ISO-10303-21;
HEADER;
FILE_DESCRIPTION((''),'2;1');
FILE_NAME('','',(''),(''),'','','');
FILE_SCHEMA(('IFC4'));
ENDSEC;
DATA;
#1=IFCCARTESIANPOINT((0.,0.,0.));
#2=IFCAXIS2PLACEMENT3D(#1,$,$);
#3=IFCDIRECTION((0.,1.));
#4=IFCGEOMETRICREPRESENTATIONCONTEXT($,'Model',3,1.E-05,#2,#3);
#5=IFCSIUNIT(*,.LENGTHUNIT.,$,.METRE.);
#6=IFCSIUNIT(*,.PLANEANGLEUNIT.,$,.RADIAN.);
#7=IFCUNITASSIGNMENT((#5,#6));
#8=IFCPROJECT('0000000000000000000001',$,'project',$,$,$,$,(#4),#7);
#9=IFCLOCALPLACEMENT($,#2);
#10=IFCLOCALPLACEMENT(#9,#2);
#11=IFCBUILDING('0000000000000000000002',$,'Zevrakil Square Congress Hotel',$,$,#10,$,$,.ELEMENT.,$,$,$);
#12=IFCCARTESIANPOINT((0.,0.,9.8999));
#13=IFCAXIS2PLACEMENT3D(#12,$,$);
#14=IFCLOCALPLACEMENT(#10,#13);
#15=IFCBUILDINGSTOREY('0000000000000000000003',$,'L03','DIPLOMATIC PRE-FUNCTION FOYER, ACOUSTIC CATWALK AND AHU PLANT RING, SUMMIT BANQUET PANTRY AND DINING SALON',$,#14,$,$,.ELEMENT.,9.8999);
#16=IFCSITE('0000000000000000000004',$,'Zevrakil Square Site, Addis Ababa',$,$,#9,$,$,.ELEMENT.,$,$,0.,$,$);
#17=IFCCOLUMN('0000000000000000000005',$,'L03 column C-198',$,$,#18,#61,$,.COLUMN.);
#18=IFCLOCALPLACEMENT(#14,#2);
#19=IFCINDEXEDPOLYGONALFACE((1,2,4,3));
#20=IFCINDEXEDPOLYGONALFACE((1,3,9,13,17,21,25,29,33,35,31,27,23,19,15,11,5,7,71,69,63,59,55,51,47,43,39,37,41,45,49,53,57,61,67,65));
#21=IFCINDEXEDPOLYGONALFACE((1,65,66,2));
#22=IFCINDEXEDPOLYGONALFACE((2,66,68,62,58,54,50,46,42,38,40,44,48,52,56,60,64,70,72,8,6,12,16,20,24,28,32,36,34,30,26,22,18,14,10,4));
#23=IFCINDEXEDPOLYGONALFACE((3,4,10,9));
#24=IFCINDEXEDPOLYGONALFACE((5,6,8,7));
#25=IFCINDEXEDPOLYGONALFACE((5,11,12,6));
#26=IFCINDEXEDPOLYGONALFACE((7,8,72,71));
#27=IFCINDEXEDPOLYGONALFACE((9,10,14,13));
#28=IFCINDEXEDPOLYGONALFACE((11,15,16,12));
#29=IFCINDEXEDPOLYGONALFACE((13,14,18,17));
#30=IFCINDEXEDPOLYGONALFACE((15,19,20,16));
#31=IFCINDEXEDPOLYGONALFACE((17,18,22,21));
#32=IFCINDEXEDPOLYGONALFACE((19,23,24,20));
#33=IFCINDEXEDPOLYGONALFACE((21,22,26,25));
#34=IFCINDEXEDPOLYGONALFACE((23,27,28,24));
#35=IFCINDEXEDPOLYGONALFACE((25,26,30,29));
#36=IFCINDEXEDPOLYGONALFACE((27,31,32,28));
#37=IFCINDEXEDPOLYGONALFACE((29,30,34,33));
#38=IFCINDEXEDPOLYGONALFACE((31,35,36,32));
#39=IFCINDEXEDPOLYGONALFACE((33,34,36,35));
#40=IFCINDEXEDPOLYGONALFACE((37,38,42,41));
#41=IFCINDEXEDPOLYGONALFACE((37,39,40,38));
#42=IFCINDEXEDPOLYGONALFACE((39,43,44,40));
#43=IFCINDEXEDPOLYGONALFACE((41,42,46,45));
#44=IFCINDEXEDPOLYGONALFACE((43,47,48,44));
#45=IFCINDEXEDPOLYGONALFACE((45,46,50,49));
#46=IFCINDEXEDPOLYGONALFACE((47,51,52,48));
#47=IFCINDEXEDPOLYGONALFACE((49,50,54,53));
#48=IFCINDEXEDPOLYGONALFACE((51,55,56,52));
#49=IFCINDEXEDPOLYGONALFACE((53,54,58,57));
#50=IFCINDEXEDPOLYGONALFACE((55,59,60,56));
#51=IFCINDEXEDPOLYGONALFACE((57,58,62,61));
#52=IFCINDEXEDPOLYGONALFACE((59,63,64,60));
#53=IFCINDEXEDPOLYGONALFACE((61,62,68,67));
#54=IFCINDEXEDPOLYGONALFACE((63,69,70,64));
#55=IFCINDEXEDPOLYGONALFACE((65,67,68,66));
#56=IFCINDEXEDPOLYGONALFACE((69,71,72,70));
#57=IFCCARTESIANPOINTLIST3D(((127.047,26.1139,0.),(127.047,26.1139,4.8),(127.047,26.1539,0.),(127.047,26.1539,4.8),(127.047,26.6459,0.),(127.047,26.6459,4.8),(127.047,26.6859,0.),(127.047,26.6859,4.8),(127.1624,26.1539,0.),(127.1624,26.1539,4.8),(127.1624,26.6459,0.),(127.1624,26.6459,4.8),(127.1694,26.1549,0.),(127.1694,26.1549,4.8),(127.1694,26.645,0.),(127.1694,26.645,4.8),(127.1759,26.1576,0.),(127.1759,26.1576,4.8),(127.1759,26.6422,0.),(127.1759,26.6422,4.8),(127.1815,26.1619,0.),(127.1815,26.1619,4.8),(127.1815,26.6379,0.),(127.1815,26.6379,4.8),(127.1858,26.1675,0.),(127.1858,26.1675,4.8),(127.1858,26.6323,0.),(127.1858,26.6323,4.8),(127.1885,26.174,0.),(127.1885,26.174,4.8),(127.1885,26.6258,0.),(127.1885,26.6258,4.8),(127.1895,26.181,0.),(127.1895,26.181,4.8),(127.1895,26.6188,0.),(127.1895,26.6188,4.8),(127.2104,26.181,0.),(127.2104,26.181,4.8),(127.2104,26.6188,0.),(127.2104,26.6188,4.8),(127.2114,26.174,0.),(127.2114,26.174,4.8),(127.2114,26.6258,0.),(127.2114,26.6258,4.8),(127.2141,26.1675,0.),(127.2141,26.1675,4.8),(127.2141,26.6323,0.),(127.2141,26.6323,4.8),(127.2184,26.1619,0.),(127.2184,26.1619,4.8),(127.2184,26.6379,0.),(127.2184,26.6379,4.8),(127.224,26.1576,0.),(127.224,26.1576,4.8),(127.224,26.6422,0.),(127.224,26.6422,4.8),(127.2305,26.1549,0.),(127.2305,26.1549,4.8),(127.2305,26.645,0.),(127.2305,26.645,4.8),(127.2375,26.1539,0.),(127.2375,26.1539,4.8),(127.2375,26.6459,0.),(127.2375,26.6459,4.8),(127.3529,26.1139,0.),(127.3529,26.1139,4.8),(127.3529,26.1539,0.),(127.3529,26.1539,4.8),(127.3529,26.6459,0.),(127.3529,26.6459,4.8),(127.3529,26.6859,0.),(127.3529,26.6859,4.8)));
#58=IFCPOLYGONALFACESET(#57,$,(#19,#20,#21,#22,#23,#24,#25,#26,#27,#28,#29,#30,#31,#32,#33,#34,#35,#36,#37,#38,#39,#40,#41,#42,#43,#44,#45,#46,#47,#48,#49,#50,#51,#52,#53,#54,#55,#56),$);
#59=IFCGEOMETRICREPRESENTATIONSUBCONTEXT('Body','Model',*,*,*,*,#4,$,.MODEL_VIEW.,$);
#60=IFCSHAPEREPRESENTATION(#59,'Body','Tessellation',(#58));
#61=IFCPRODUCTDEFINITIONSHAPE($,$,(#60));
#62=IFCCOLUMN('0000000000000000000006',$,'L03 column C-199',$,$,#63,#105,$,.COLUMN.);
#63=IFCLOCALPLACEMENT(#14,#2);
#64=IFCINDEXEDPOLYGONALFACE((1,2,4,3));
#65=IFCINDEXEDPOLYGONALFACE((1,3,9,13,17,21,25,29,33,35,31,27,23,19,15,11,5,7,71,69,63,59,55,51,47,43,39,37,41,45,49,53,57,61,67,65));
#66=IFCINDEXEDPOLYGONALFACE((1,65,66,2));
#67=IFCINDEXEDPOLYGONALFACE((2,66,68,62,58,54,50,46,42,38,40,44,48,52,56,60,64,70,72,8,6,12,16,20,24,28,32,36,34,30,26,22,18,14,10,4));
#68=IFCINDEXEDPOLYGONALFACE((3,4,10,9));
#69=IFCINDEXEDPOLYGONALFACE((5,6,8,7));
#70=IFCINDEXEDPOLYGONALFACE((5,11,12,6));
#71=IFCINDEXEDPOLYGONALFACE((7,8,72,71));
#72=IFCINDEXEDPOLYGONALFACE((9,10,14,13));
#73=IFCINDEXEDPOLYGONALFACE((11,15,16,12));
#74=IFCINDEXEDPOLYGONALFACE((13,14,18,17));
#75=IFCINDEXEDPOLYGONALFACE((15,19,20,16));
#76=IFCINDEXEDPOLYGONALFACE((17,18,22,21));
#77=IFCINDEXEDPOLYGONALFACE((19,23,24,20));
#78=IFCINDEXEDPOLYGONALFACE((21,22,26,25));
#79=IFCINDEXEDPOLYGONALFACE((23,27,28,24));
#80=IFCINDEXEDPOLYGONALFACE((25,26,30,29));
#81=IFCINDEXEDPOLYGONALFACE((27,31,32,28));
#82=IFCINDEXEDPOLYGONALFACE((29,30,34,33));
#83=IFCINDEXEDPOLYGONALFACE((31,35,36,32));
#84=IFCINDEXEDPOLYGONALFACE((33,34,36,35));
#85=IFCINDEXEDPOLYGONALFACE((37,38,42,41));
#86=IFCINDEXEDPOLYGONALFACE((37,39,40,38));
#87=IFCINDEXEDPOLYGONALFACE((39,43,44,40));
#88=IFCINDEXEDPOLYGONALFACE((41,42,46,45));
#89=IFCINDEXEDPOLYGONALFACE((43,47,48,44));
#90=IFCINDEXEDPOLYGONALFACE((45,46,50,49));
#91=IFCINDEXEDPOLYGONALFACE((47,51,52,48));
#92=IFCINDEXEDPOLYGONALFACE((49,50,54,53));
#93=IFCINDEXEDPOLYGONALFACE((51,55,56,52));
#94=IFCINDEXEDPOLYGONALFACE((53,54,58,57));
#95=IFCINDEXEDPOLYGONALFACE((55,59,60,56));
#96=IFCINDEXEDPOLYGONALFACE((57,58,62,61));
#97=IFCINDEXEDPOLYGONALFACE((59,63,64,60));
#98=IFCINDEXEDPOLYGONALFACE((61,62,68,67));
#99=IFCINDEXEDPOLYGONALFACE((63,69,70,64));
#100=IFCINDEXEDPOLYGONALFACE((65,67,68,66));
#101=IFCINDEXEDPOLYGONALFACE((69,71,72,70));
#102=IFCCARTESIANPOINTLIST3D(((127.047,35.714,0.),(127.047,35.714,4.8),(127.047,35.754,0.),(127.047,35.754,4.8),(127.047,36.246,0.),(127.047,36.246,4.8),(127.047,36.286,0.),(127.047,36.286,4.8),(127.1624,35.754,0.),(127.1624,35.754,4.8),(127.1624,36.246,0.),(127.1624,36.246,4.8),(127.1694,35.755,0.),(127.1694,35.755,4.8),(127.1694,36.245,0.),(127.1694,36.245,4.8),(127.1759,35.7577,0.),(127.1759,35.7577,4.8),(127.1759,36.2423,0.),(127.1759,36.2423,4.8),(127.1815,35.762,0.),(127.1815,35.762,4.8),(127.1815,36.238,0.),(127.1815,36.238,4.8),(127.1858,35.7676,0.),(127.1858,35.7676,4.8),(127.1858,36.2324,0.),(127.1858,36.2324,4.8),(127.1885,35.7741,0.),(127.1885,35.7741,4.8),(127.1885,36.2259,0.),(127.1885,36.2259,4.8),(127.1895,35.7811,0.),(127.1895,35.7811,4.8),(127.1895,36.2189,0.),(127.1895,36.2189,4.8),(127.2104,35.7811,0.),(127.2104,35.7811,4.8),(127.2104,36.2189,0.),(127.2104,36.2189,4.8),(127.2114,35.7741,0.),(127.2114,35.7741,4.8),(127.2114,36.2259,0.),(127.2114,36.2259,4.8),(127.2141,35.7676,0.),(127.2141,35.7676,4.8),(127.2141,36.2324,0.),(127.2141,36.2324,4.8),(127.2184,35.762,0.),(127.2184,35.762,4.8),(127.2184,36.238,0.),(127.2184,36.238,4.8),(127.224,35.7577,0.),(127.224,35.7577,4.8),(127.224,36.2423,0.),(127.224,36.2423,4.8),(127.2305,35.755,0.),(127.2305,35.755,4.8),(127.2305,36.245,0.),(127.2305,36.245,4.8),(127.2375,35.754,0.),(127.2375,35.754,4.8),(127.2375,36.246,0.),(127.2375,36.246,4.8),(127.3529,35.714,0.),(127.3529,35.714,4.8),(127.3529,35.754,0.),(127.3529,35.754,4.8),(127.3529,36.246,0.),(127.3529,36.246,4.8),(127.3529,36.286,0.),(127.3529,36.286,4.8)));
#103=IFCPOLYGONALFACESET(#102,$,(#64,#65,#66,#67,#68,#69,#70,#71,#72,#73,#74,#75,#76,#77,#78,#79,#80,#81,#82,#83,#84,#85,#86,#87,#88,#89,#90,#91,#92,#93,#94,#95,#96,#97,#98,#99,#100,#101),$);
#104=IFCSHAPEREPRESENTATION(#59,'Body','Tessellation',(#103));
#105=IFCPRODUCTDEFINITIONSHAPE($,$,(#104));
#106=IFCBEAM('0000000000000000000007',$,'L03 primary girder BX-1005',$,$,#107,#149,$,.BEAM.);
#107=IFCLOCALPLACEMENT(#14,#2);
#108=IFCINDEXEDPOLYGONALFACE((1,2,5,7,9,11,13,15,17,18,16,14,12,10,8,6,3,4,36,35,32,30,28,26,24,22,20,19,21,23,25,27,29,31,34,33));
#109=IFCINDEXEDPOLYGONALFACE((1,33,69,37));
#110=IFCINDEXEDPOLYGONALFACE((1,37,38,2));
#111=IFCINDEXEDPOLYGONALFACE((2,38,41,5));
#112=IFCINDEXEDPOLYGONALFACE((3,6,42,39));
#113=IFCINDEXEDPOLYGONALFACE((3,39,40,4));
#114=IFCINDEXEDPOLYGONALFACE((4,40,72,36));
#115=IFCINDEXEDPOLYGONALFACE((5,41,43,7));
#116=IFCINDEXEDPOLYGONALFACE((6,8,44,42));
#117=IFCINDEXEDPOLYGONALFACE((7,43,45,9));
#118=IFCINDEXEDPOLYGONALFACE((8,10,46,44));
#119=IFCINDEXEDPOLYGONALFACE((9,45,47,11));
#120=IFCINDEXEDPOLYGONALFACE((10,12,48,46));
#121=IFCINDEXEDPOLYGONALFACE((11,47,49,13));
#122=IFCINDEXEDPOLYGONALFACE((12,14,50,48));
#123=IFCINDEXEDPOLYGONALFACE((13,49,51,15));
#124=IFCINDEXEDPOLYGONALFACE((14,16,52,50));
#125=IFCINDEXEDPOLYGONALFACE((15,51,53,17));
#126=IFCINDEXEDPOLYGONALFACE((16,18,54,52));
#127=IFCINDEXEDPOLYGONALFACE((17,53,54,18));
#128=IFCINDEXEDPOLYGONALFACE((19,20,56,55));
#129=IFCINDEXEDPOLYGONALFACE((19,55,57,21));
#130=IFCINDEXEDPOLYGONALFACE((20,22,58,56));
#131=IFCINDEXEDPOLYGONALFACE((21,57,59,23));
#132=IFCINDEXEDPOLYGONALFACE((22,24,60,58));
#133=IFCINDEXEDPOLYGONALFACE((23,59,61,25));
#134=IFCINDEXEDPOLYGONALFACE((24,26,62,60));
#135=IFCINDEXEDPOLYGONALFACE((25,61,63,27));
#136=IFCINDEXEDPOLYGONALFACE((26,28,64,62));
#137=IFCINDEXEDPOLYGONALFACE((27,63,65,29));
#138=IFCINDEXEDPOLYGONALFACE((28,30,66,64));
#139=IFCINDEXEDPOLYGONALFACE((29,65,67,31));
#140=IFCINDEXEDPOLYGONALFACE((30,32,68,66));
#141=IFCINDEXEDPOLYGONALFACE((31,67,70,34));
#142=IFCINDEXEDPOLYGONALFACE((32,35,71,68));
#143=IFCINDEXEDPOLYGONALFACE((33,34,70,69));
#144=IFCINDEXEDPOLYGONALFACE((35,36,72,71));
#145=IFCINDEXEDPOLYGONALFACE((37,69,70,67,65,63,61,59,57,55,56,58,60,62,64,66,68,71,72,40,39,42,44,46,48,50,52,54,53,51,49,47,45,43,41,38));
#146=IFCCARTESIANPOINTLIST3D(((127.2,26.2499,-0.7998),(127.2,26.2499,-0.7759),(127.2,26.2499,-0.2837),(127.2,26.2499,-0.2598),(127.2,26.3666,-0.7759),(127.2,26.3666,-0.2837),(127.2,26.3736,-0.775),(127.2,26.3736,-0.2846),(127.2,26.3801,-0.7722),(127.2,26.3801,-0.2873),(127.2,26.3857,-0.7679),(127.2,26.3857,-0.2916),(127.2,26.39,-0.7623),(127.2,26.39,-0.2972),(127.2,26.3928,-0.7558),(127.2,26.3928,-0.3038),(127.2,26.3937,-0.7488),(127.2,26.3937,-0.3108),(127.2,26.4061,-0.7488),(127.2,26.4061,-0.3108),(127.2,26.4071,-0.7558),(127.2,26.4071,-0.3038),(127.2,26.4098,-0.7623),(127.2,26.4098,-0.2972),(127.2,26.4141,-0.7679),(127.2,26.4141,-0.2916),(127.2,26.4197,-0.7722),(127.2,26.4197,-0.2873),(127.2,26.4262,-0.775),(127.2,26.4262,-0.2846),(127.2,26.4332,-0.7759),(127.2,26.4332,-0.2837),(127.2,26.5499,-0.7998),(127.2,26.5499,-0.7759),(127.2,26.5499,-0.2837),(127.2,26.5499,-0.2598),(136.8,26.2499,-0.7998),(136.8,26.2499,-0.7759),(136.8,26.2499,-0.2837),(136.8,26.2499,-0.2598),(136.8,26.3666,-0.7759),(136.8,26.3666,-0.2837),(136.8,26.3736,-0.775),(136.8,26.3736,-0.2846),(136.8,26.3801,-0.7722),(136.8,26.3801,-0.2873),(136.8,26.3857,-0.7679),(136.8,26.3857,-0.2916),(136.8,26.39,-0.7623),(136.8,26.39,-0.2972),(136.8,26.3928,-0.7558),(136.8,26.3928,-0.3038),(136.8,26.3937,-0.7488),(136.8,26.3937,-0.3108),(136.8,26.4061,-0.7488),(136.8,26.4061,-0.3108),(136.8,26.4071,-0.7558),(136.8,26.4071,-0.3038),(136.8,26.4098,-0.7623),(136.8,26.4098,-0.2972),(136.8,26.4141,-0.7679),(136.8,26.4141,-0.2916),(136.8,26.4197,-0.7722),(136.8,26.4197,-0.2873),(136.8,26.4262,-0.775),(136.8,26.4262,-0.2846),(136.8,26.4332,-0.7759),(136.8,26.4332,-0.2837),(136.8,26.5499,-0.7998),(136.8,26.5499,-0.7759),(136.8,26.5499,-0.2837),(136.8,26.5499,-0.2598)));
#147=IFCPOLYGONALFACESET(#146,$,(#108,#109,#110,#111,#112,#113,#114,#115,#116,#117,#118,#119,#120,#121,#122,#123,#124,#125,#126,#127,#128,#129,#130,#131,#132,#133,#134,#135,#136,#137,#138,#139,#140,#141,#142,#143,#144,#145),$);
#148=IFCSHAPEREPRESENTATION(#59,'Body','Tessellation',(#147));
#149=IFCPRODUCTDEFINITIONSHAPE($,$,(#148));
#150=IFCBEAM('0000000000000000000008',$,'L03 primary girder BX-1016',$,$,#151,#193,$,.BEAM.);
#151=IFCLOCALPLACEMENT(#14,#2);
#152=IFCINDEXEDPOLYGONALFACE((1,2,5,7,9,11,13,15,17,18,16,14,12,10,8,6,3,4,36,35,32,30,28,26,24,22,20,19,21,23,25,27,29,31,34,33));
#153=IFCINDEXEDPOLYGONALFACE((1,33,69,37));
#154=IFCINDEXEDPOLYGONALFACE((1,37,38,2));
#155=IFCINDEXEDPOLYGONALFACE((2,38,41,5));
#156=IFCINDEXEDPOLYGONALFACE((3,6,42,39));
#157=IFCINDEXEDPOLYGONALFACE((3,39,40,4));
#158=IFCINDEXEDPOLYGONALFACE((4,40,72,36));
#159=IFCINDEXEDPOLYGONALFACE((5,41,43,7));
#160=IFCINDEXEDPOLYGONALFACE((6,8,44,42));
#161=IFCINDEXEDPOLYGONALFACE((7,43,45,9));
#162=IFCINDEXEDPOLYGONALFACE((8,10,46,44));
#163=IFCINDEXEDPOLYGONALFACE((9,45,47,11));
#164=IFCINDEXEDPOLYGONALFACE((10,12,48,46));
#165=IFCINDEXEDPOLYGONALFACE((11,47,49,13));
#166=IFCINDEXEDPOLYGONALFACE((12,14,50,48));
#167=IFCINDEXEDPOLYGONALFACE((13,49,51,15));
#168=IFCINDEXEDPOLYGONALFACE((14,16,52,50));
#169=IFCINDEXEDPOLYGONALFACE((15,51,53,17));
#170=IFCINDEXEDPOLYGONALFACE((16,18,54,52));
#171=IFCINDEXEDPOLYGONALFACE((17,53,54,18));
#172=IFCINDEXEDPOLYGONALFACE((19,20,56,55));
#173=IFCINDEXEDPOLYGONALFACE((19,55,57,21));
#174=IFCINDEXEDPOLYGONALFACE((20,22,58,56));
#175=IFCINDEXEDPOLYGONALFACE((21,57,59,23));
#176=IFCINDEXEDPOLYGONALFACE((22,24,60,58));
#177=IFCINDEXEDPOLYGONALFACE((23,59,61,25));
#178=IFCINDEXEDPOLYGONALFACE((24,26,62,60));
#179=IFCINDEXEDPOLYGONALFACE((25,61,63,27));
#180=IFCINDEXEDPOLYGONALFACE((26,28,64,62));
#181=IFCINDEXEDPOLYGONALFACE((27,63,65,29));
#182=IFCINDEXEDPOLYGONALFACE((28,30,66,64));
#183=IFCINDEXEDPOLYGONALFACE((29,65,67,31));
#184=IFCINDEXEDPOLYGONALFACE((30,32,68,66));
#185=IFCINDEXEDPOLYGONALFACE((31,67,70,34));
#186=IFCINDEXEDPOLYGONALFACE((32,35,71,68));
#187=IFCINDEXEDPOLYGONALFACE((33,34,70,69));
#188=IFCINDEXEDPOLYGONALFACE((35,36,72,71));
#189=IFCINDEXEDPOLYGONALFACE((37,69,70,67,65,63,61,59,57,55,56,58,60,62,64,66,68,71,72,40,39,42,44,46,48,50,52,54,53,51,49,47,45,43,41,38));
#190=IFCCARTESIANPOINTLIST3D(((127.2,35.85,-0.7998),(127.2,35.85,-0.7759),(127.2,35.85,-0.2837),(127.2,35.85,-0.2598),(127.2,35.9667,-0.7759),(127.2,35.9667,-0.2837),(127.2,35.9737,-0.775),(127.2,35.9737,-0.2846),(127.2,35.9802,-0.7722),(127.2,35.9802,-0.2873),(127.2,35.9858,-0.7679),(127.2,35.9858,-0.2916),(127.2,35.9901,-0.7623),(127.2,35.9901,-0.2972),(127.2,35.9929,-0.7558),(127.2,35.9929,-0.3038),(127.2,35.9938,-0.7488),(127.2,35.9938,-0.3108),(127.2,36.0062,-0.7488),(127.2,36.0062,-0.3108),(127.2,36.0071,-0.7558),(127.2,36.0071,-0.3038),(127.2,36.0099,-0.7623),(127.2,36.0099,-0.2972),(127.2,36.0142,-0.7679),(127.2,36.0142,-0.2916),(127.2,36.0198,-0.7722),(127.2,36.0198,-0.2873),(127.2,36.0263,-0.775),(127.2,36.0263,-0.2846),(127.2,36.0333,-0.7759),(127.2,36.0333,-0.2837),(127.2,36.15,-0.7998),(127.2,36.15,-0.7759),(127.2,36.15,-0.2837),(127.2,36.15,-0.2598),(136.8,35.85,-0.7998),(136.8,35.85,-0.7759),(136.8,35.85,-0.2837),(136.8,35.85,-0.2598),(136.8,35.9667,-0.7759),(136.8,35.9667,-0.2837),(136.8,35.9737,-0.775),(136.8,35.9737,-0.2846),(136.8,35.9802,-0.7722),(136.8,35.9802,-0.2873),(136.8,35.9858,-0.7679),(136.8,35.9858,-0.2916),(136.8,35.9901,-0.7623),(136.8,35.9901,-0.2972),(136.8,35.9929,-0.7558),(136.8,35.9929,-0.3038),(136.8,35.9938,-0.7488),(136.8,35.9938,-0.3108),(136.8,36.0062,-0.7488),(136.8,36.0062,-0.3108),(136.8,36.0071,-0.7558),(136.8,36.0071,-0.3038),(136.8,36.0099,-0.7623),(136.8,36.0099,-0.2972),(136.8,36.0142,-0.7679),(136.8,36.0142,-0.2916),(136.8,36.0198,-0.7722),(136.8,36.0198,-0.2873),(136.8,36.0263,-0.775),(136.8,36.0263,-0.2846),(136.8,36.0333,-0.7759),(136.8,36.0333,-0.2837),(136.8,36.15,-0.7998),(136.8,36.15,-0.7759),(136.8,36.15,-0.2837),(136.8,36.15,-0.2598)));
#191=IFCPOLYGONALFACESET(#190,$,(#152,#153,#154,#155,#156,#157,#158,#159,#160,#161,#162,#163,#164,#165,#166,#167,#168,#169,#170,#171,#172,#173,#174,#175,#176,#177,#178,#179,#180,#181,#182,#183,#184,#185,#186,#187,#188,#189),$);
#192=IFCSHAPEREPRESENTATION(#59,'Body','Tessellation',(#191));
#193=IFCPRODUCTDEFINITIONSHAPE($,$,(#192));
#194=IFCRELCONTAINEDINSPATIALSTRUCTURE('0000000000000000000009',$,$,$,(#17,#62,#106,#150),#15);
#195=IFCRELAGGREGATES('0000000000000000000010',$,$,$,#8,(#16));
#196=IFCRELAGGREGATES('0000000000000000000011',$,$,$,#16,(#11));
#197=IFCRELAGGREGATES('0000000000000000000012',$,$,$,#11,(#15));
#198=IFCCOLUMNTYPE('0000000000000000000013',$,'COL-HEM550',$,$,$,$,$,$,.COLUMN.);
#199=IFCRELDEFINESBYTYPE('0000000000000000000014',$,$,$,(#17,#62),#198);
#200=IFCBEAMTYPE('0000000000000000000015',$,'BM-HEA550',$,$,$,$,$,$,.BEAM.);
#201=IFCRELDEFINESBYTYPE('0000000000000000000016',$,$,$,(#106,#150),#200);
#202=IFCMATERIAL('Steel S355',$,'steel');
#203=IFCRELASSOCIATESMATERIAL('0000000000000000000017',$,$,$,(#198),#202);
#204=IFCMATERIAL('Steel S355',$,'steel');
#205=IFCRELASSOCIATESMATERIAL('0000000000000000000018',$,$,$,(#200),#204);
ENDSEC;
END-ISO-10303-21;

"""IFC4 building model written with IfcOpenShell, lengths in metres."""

from ifc_helpers import new_model, si_unit, direction, frame, origin, origin_2d, place, context, subcontext, project, spatial, i_section, extrude, material, material_profile, profile_set, type_object, element, save


model = new_model("IFC4")

# Units and contexts
model_context = context("Model", 3, precision=1e-05, world=origin(), true_north=direction((0.0, 1.0)))
body_context = subcontext(model_context, "Body", "Model", "MODEL_VIEW")
ifc_project = project(units=[si_unit("LENGTHUNIT", "METRE"), si_unit("PLANEANGLEUNIT", "RADIAN")], contexts=[model_context])

# Site, building, storey
site_placement = place(None, origin())
site = spatial("IfcSite", under=ifc_project, at=site_placement, Name="Zevrakil Square Site, Addis Ababa", CompositionType="ELEMENT", RefElevation=0.0)
building_placement = place(site_placement, origin())
building = spatial("IfcBuilding", under=site, at=building_placement, Name="Zevrakil Square Congress Hotel", CompositionType="ELEMENT")
storey_placement = place(building_placement, frame((0.0, 0.0, 9.8999)))
storey = spatial("IfcBuildingStorey", under=building, at=storey_placement, Name="L03", Description="DIPLOMATIC PRE-FUNCTION FOYER, ACOUSTIC CATWALK AND AHU PLANT RING, SUMMIT BANQUET PANTRY AND DINING SALON", CompositionType="ELEMENT", Elevation=9.8999)

# Columns
ifc_material_1 = material(Name="Steel S355", Category="steel")
ifc_material_profile_1 = material_profile(ifc_material_1, i_section(OverallWidth=0.3059, OverallDepth=0.572, WebThickness=0.021, FlangeThickness=0.04, FilletRadius=0.0271, at=origin_2d()), Name="HEM 550")
ifc_profile_set_1 = profile_set([ifc_material_profile_1], Name="Steel S355")
column_type = type_object("IfcColumnType", Name="COL-HEM550", PredefinedType="COLUMN", material=ifc_profile_set_1)
for number, where, z_axis, x_axis, name in (
    (1, (127.2, 26.3999, 0.0), (0.0, 0.0, 1.0), (1.0, 0.0, 0.0), "L03 column C-198"),
    (2, (127.2, 36.0, 0.0), (0.0, 0.0, 1.0), (1.0, 0.0, 0.0), "L03 column C-199"),
):
    element("IfcColumn", number, at=place(storey_placement, frame(where, z_axis=z_axis, x_axis=x_axis)), inside=storey, type_object=column_type, Name=name, PredefinedType="COLUMN", context=body_context, shape_type="SweptSolid", body=[
        extrude(i_section(OverallWidth=0.3059, OverallDepth=0.572, WebThickness=0.021, FlangeThickness=0.04, FilletRadius=0.0271, at=origin_2d()), origin(), (0.0, 0.0, 1.0), 4.8),
    ])

# Beams
ifc_material_2 = material(Name="Steel S355", Category="steel")
ifc_material_profile_2 = material_profile(ifc_material_2, i_section(OverallWidth=0.3, OverallDepth=0.54, WebThickness=0.0125, FlangeThickness=0.0239, FilletRadius=0.0271, at=origin_2d()), Name="HEA 550")
ifc_profile_set_2 = profile_set([ifc_material_profile_2], Name="Steel S355")
beam_type_1 = type_object("IfcBeamType", Name="BM-HEA550", PredefinedType="BEAM", material=ifc_profile_set_2)
for number, where, z_axis, x_axis, name in (
    (3, (127.2, 26.3999, -0.5298), (1.0, 0.0, 0.0), (0.0, 1.0, 0.0), "L03 primary girder BX-1005"),
    (4, (127.2, 36.0, -0.5298), (1.0, 0.0, 0.0), (0.0, 1.0, 0.0), "L03 primary girder BX-1016"),
):
    element("IfcBeam", number, at=place(storey_placement, frame(where, z_axis=z_axis, x_axis=x_axis)), inside=storey, type_object=beam_type_1, Name=name, PredefinedType="BEAM", context=body_context, shape_type="SweptSolid", body=[
        extrude(i_section(OverallWidth=0.3, OverallDepth=0.54, WebThickness=0.0125, FlangeThickness=0.0239, FilletRadius=0.0271, at=origin_2d()), origin(), (0.0, 0.0, 1.0), 9.6001),
    ])

save(model, "model.ifc")
